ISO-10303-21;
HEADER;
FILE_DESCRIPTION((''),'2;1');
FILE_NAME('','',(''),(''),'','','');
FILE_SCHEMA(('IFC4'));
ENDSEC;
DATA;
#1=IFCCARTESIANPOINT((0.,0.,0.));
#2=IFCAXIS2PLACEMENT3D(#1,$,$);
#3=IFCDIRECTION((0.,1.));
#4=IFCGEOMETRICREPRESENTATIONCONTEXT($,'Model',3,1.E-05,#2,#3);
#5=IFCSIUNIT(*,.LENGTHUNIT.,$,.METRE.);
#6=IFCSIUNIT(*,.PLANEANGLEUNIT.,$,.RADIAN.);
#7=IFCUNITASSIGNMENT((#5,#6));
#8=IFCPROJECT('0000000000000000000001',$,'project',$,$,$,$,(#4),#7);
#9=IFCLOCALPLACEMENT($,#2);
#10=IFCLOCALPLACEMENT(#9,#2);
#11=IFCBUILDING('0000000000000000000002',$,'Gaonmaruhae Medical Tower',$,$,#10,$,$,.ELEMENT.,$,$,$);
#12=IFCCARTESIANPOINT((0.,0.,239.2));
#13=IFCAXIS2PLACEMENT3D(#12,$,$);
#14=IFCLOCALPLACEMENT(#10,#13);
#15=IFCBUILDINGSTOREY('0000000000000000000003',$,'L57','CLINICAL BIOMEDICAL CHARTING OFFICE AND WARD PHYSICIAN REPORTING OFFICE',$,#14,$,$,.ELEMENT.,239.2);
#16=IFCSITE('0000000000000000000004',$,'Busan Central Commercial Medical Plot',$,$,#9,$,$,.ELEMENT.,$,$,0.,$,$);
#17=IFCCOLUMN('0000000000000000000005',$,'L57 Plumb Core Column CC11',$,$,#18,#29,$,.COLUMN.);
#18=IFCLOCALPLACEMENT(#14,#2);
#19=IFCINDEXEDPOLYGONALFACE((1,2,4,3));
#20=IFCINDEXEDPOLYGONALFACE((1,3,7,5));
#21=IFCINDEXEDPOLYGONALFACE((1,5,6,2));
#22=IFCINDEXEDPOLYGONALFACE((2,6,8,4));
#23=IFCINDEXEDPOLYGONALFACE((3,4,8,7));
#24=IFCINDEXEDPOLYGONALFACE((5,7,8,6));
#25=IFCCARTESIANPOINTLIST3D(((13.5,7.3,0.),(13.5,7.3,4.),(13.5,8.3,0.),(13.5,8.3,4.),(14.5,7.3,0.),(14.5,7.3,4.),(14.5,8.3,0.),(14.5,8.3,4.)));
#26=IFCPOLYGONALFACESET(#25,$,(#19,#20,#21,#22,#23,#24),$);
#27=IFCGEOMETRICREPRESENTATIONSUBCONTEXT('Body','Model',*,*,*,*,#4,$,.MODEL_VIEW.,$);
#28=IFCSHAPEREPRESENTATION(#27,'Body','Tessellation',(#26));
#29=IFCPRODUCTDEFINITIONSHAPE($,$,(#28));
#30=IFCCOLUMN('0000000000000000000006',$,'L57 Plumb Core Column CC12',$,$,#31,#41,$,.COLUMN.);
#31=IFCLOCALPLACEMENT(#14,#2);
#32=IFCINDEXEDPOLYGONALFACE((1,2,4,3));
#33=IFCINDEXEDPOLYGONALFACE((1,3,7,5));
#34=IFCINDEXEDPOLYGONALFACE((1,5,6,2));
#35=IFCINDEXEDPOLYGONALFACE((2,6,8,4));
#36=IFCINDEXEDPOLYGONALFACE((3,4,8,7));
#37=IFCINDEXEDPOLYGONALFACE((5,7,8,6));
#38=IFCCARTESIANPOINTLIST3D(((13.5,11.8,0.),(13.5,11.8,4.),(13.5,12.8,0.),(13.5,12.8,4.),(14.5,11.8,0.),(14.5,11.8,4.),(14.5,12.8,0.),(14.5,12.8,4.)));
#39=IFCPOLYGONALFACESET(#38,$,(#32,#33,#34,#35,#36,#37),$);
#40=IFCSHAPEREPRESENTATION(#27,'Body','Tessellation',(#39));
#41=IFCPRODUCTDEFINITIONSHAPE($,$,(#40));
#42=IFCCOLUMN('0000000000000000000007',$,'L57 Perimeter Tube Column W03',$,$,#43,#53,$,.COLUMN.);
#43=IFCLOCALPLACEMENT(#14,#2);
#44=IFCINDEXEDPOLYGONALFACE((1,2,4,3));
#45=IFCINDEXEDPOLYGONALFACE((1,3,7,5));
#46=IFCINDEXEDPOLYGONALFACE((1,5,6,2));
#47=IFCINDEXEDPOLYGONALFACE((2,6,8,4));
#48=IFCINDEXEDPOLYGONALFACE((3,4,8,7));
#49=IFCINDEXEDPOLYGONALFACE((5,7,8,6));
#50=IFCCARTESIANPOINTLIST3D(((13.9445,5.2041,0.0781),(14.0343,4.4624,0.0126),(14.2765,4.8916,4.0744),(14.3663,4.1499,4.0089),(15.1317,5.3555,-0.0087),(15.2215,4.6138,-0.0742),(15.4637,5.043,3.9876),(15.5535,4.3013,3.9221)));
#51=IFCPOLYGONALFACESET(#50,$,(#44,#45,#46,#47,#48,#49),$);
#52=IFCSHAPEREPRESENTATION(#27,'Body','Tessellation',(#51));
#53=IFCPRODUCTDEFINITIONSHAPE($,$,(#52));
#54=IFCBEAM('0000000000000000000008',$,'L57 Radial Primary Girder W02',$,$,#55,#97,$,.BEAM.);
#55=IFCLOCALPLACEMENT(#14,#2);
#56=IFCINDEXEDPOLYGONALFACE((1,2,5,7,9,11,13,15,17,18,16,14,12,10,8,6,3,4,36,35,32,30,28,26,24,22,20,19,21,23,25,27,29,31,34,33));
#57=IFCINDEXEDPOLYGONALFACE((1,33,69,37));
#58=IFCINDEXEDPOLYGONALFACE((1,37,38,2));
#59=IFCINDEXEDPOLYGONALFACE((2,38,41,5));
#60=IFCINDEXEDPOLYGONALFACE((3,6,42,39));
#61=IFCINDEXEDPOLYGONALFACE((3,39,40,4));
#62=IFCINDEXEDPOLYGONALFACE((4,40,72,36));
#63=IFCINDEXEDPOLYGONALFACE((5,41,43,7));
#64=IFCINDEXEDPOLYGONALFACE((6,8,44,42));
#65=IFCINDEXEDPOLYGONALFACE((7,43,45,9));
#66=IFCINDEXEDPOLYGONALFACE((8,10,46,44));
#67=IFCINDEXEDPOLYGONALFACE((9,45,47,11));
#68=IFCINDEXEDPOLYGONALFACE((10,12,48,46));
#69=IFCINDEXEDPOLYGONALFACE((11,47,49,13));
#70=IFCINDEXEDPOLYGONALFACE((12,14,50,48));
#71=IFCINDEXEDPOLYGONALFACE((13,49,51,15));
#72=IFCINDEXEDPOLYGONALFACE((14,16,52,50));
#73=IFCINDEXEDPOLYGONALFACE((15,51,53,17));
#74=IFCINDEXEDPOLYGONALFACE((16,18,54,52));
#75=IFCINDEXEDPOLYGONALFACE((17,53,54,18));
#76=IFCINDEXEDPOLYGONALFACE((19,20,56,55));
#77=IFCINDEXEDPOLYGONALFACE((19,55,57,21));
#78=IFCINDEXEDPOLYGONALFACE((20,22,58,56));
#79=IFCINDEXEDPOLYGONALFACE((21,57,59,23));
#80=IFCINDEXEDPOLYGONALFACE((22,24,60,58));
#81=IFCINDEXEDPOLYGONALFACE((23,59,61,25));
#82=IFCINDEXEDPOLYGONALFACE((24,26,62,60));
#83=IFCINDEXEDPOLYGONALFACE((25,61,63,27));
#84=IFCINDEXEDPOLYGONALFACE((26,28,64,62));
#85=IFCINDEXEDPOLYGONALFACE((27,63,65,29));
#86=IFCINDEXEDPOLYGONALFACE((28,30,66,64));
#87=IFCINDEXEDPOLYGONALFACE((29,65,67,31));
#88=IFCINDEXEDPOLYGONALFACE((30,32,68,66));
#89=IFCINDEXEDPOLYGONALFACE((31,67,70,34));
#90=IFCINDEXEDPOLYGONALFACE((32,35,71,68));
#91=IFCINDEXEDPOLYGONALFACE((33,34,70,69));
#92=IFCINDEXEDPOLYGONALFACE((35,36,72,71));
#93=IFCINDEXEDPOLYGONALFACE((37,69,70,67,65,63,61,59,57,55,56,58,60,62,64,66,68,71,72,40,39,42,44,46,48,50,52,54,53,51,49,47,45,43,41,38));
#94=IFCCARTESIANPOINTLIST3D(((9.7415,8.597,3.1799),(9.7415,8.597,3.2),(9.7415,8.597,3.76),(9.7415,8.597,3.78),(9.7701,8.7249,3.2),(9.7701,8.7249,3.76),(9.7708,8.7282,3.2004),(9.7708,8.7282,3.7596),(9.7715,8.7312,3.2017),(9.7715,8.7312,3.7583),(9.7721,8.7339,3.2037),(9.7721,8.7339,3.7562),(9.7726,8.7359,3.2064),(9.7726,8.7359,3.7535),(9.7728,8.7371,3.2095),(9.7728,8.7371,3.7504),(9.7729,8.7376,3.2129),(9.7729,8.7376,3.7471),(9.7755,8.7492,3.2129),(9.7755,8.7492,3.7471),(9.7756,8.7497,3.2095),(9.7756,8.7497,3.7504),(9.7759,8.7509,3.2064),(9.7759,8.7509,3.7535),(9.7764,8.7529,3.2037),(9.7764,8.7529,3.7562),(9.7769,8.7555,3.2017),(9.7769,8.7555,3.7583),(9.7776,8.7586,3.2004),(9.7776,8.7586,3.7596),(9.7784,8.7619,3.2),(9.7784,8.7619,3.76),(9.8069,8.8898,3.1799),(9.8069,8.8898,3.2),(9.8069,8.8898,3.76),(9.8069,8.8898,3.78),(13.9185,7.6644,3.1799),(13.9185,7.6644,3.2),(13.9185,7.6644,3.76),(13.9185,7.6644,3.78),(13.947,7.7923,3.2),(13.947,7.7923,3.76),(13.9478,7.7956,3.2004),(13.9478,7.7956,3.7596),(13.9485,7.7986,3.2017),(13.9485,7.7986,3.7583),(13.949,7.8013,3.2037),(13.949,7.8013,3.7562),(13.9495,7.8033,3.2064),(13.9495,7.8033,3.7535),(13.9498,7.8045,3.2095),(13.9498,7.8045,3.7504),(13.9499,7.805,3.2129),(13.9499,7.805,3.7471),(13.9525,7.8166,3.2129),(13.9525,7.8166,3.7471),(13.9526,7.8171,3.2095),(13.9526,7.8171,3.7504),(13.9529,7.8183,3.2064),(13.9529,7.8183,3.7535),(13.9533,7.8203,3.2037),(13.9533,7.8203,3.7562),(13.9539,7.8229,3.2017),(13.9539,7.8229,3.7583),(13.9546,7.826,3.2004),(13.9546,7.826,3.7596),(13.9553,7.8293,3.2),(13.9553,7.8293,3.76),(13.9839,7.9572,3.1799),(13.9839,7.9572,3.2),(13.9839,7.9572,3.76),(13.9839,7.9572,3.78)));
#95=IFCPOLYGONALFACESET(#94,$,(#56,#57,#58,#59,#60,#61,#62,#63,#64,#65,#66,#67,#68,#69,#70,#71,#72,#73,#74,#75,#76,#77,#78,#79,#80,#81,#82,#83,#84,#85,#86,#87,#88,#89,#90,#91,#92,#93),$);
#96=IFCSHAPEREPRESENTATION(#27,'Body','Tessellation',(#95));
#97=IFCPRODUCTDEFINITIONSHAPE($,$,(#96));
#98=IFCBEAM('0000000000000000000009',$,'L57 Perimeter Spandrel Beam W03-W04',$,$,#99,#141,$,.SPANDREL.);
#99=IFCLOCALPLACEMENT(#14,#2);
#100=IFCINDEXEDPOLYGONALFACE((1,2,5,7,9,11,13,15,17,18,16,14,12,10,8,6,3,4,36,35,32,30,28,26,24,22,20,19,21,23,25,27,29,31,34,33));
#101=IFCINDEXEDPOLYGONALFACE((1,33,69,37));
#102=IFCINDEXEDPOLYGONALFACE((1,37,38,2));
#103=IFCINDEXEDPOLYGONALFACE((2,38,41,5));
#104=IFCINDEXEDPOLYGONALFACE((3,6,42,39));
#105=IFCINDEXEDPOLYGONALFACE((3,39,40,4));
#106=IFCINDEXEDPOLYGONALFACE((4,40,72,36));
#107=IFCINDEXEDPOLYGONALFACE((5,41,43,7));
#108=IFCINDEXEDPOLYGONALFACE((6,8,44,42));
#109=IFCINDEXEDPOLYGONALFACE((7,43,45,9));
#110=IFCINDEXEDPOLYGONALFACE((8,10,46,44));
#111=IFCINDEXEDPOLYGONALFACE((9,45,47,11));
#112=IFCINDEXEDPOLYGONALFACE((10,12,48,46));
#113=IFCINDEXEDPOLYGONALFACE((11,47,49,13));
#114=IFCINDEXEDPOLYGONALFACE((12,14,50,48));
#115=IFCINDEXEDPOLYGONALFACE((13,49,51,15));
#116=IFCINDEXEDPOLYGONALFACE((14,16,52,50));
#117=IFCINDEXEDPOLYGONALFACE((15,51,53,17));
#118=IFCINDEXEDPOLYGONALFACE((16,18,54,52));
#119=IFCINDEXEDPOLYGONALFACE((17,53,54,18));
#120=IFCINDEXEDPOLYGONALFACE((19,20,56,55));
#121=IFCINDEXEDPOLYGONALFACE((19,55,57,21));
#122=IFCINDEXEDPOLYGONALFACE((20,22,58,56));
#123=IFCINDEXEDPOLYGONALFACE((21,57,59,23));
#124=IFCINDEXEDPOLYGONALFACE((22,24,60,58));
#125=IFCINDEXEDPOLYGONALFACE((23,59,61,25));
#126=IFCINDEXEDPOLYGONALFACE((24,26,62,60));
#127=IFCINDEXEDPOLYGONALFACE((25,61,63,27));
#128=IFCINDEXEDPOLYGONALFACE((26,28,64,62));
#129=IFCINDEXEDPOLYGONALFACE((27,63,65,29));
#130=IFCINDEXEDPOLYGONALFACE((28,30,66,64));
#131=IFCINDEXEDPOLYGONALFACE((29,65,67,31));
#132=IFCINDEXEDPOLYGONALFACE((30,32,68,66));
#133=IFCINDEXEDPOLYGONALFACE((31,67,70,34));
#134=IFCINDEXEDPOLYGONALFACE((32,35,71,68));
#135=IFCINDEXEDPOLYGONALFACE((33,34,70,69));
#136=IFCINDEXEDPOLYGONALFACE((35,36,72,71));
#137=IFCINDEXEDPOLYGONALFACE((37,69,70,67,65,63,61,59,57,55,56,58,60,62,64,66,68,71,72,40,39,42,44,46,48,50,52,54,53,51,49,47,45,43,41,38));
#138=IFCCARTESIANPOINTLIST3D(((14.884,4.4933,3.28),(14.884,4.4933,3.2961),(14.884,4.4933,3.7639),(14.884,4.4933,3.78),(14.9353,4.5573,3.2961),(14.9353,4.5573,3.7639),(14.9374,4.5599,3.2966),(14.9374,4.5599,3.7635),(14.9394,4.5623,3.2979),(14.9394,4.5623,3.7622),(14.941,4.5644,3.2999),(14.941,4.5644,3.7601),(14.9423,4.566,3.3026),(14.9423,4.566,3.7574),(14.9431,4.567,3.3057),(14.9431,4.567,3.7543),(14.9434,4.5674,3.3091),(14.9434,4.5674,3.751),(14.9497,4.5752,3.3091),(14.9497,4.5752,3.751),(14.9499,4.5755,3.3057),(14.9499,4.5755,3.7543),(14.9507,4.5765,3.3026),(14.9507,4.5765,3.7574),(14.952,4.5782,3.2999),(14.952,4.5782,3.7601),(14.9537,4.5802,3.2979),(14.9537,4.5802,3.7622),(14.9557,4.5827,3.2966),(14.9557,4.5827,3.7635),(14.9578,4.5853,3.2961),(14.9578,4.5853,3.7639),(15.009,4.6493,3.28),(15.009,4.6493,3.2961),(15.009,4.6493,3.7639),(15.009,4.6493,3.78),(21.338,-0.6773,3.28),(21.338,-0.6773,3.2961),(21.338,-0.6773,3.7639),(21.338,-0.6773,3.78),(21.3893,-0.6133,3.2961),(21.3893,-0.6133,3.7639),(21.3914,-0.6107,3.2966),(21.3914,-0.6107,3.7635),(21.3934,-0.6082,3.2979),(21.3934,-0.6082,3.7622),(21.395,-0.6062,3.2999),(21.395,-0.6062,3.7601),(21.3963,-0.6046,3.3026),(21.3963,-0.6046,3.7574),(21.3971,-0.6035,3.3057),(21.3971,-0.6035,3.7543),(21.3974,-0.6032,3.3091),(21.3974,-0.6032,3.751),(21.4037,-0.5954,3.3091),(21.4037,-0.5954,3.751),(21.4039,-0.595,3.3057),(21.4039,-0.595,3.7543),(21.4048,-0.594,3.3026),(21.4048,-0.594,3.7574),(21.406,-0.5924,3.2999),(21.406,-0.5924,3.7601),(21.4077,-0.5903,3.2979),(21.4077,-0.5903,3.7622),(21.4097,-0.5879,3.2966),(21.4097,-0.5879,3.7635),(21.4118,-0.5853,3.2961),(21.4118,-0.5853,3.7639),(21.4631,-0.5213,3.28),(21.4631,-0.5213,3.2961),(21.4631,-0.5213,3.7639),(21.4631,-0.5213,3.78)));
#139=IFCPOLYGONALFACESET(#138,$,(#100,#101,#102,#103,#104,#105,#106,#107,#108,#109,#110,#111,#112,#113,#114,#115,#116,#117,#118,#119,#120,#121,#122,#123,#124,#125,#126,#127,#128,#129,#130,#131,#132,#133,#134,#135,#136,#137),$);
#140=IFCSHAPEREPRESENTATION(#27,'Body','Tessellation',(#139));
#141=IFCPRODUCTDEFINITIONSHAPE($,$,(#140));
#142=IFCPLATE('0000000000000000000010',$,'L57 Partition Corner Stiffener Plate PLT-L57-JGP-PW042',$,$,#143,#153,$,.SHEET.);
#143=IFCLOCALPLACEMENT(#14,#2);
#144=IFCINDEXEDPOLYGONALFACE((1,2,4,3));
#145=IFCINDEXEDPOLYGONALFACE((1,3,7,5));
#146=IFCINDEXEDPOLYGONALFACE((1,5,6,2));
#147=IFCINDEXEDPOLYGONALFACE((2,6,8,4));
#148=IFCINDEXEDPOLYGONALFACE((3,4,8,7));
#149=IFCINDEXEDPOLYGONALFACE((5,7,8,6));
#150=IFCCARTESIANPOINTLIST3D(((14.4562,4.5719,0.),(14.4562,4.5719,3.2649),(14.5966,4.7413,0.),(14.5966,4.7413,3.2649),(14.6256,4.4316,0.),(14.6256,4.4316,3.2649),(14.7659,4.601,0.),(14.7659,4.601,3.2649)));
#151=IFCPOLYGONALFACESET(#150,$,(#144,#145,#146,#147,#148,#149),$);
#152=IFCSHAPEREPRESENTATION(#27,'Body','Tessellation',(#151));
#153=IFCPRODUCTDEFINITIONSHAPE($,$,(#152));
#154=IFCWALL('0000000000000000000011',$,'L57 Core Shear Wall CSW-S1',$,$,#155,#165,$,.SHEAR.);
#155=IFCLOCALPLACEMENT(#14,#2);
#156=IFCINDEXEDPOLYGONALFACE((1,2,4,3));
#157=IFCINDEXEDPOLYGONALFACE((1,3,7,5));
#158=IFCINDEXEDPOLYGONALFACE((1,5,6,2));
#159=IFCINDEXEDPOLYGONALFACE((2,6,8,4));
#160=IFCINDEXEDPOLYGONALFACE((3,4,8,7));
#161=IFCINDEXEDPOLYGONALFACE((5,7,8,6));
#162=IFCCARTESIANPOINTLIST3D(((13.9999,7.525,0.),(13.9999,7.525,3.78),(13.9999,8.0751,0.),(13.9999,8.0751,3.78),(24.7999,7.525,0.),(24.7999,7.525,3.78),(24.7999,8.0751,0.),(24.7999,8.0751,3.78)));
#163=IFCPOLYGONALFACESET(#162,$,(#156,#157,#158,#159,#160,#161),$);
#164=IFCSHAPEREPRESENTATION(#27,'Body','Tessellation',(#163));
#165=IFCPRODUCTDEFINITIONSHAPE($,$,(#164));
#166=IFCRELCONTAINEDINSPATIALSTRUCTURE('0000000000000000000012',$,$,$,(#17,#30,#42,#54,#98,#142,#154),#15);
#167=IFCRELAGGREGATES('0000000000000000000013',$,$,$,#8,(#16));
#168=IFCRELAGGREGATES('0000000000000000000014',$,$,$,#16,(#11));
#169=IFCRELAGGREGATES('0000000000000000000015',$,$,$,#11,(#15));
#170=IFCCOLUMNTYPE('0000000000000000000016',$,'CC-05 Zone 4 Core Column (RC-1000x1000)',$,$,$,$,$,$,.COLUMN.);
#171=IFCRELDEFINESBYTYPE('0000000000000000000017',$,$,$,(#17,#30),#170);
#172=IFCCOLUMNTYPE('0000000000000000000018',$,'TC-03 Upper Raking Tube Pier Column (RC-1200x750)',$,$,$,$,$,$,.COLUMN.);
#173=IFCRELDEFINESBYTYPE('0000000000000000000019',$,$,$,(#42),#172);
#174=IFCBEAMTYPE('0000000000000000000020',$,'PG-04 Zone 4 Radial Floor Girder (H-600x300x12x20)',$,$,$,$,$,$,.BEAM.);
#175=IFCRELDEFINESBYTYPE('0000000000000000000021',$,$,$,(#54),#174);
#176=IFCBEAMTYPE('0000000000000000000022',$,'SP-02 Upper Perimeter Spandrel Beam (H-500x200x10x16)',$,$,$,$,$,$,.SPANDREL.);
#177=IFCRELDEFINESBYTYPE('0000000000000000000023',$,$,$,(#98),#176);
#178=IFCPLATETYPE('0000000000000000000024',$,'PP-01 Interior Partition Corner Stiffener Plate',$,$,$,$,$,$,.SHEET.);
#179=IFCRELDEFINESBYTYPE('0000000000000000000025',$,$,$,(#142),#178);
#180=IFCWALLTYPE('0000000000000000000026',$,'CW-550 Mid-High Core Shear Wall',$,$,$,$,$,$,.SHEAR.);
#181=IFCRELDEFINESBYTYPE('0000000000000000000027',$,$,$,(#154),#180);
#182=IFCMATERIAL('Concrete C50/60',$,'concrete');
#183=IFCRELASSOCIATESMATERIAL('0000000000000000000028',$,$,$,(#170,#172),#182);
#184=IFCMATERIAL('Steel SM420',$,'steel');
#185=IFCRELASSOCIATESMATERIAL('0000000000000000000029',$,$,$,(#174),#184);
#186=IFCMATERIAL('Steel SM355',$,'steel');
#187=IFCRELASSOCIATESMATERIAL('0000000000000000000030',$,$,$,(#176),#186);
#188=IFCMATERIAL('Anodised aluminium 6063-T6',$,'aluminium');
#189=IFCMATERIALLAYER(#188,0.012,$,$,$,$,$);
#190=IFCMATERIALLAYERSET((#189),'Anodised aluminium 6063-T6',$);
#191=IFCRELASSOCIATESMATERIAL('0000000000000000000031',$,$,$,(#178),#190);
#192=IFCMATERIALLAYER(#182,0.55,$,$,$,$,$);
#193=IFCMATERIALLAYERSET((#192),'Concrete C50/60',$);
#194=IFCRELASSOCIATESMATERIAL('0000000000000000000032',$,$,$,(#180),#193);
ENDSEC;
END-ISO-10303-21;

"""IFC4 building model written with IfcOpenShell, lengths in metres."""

from ifc_helpers import new_model, si_unit, direction, frame, frame_2d, origin, origin_2d, place, context, subcontext, project, spatial, rectangle, i_section, extrude, material, layer, layer_set, material_profile, profile_set, type_object, element, save


model = new_model("IFC4")

# Units and contexts
model_context = context("Model", 3, precision=1e-05, world=origin(), true_north=direction((0.0, 1.0)))
body_context = subcontext(model_context, "Body", "Model", "MODEL_VIEW")
ifc_project = project(units=[si_unit("LENGTHUNIT", "METRE"), si_unit("PLANEANGLEUNIT", "RADIAN")], contexts=[model_context])

# Site, building, storey
site_placement = place(None, origin())
site = spatial("IfcSite", under=ifc_project, at=site_placement, Name="Busan Central Commercial Medical Plot", CompositionType="ELEMENT", RefElevation=0.0)
building_placement = place(site_placement, origin())
building = spatial("IfcBuilding", under=site, at=building_placement, Name="Gaonmaruhae Medical Tower", CompositionType="ELEMENT")
storey_placement = place(building_placement, frame((0.0, 0.0, 239.2)))
storey = spatial("IfcBuildingStorey", under=building, at=storey_placement, Name="L57", Description="CLINICAL BIOMEDICAL CHARTING OFFICE AND WARD PHYSICIAN REPORTING OFFICE", CompositionType="ELEMENT", Elevation=239.2)

# Columns
ifc_material_1 = material(Name="Concrete C50/60", Category="concrete")
ifc_material_profile_1 = material_profile(ifc_material_1, rectangle(XDim=1.0, YDim=1.0, at=origin_2d()), Name="RC-1000x1000")
ifc_profile_set_1 = profile_set([ifc_material_profile_1], Name="Concrete C50/60")
column_type_1 = type_object("IfcColumnType", Name="CC-05 Zone 4 Core Column (RC-1000x1000)", PredefinedType="COLUMN", material=ifc_profile_set_1)
for number, where, z_axis, x_axis, name in (
    (1, (14.0, 7.8, 0.0), (0.0, 0.0, 1.0), (1.0, 0.0, 0.0), "L57 Plumb Core Column CC11"),
    (2, (14.0, 12.3, 0.0), (0.0, 0.0, 1.0), (1.0, 0.0, 0.0), "L57 Plumb Core Column CC12"),
):
    element("IfcColumn", number, at=place(storey_placement, frame(where, z_axis=z_axis, x_axis=x_axis)), inside=storey, type_object=column_type_1, Name=name, PredefinedType="COLUMN", context=body_context, shape_type="SweptSolid", body=[
        extrude(rectangle(XDim=1.0, YDim=1.0, at=origin_2d()), origin(), (0.0, 0.0, 1.0), 4.0),
    ])
ifc_material_profile_2 = material_profile(ifc_material_1, rectangle(XDim=1.2, YDim=0.75, at=origin_2d()), Name="RC-1200x750")
ifc_profile_set_2 = profile_set([ifc_material_profile_2], Name="Concrete C50/60")
column_type_2 = type_object("IfcColumnType", Name="TC-03 Upper Raking Tube Pier Column (RC-1200x750)", PredefinedType="COLUMN", material=ifc_profile_set_2)
column_placement = place(storey_placement, frame((14.583, 4.9089, 0.002), z_axis=(0.082548, -0.077693, 0.993554), x_axis=(-0.989368, -0.126173, 0.072334)))
element("IfcColumn", 3, at=column_placement, inside=storey, type_object=column_type_2, Name="L57 Perimeter Tube Column W03", PredefinedType="COLUMN", context=body_context, shape_type="SweptSolid", body=[
    extrude(rectangle(XDim=1.2, YDim=0.75, at=origin_2d()), origin(), (0.0, 0.0, 1.0), 4.0222),
])

# Beams
ifc_material_2 = material(Name="Steel SM420", Category="steel")
ifc_material_profile_3 = material_profile(ifc_material_2, i_section(OverallWidth=0.3, OverallDepth=0.6001, WebThickness=0.012, FlangeThickness=0.02, FilletRadius=0.0129, at=origin_2d()), Name="H-600x300x12x20")
ifc_profile_set_3 = profile_set([ifc_material_profile_3], Name="Steel SM420")
beam_type_1 = type_object("IfcBeamType", Name="PG-04 Zone 4 Radial Floor Girder (H-600x300x12x20)", PredefinedType="BEAM", material=ifc_profile_set_3)
beam_1_placement = place(storey_placement, frame((13.9512, 7.8108, 3.48), z_axis=(-0.975969, 0.217909, 0.0), x_axis=(-0.217909, -0.975969, 0.0)))
element("IfcBeam", 4, at=beam_1_placement, inside=storey, type_object=beam_type_1, Name="L57 Radial Primary Girder W02", PredefinedType="BEAM", context=body_context, shape_type="SweptSolid", body=[
    extrude(i_section(OverallWidth=0.3, OverallDepth=0.6001, WebThickness=0.012, FlangeThickness=0.02, FilletRadius=0.0129, at=origin_2d()), origin(), (0.0, 0.0, 1.0), 4.2798),
])
ifc_material_3 = material(Name="Steel SM355", Category="steel")
ifc_material_profile_4 = material_profile(ifc_material_3, i_section(OverallWidth=0.2, OverallDepth=0.5, WebThickness=0.01, FlangeThickness=0.0161, FilletRadius=0.0129, at=origin_2d()), Name="H-500x200x10x16")
ifc_profile_set_4 = profile_set([ifc_material_profile_4], Name="Steel SM355")
beam_type_2 = type_object("IfcBeamType", Name="SP-02 Upper Perimeter Spandrel Beam (H-500x200x10x16)", PredefinedType="SPANDREL", material=ifc_profile_set_4)
beam_2_placement = place(storey_placement, frame((14.9465, 4.5713, 3.53), z_axis=(0.780434, -0.625239, 0.0), x_axis=(0.625239, 0.780434, 0.0)))
element("IfcBeam", 5, at=beam_2_placement, inside=storey, type_object=beam_type_2, Name="L57 Perimeter Spandrel Beam W03-W04", PredefinedType="SPANDREL", context=body_context, shape_type="SweptSolid", body=[
    extrude(i_section(OverallWidth=0.2, OverallDepth=0.5, WebThickness=0.01, FlangeThickness=0.0161, FilletRadius=0.0129, at=origin_2d()), origin(), (0.0, 0.0, 1.0), 8.2698),
])

# Plate
ifc_material_4 = material(Name="Anodised aluminium 6063-T6", Category="aluminium")
ifc_layer_1 = layer(ifc_material_4, 0.012)
ifc_layer_set_1 = layer_set([ifc_layer_1], Name="Anodised aluminium 6063-T6")
plate_type = type_object("IfcPlateType", Name="PP-01 Interior Partition Corner Stiffener Plate", PredefinedType="SHEET", material=ifc_layer_set_1)
plate_placement = place(storey_placement, frame((14.6111, 4.5864, 0.0), z_axis=(0.0, 0.0, 1.0), x_axis=(-0.770079, 0.637948, 0.0)))
element("IfcPlate", 6, at=plate_placement, inside=storey, type_object=plate_type, Name="L57 Partition Corner Stiffener Plate PLT-L57-JGP-PW042", PredefinedType="SHEET", context=body_context, shape_type="SweptSolid", body=[
    extrude(rectangle(XDim=0.22, YDim=0.22, at=origin_2d()), origin(), (0.0, 0.0, 1.0), 3.2649),
])

# Wall
ifc_layer_2 = layer(ifc_material_1, 0.55)
ifc_layer_set_2 = layer_set([ifc_layer_2], Name="Concrete C50/60")
wall_type_1 = type_object("IfcWallType", Name="CW-550 Mid-High Core Shear Wall", PredefinedType="SHEAR", material=ifc_layer_set_2)
wall_1_placement = place(storey_placement, frame((14.0, 7.8, 0.0), z_axis=(0.0, 0.0, 1.0), x_axis=(1.0, 0.0, 0.0)))
element("IfcWall", 7, at=wall_1_placement, inside=storey, type_object=wall_type_1, Name="L57 Core Shear Wall CSW-S1", PredefinedType="SHEAR", context=body_context, shape_type="SweptSolid", body=[
    extrude(rectangle(XDim=10.8, YDim=0.55, at=frame_2d((5.3999, 0.0))), origin(), (0.0, 0.0, 1.0), 3.78),
])

save(model, "model.ifc")
